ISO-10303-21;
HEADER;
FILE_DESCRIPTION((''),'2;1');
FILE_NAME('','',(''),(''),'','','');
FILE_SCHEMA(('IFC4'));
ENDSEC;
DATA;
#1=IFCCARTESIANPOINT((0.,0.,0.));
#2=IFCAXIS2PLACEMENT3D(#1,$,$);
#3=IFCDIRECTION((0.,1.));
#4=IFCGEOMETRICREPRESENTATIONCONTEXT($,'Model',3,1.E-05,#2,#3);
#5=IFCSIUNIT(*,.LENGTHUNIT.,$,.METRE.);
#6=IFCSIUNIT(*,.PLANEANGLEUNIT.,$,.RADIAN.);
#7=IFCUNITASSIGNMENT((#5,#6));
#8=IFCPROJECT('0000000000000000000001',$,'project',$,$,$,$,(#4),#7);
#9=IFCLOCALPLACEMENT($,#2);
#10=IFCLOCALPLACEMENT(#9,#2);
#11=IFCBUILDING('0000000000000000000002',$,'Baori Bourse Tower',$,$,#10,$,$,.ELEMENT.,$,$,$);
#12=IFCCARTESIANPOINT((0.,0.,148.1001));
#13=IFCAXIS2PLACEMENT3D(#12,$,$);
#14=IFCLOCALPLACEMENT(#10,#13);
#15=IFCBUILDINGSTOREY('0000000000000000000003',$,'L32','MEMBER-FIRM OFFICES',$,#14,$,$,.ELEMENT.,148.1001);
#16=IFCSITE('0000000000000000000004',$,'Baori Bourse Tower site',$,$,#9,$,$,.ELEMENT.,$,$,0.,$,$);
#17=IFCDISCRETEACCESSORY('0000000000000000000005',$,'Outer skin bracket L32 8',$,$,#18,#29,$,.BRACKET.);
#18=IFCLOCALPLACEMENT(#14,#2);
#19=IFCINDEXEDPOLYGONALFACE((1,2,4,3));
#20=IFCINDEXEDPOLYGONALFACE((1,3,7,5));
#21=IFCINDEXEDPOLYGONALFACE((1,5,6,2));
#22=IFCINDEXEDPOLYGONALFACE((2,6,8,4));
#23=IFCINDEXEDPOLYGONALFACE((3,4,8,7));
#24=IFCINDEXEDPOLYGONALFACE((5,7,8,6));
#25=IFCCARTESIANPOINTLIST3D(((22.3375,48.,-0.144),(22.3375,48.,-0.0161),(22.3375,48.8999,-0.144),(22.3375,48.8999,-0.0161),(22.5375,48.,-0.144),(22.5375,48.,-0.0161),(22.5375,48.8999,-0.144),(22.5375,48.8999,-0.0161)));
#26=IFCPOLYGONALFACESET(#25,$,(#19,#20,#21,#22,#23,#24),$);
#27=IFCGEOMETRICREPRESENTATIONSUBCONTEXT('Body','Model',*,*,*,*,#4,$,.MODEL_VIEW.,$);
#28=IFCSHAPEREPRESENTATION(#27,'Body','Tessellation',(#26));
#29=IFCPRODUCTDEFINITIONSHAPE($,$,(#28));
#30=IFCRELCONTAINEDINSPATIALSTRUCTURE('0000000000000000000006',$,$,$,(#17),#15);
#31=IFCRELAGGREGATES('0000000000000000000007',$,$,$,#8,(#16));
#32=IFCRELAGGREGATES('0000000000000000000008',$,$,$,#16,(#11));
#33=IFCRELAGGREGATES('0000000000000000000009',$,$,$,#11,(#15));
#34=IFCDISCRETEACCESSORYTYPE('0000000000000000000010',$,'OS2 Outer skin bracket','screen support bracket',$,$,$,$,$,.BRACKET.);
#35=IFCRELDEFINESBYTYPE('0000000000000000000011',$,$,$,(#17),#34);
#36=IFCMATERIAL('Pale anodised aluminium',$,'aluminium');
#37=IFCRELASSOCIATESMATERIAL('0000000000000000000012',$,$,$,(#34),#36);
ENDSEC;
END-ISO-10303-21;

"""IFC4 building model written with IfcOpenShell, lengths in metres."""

from ifc_helpers import new_model, si_unit, direction, frame, origin, origin_2d, place, context, subcontext, project, spatial, rectangle, extrude, material, type_object, element, save


model = new_model("IFC4")

# Units and contexts
model_context = context("Model", 3, precision=1e-05, world=origin(), true_north=direction((0.0, 1.0)))
body_context = subcontext(model_context, "Body", "Model", "MODEL_VIEW")
ifc_project = project(units=[si_unit("LENGTHUNIT", "METRE"), si_unit("PLANEANGLEUNIT", "RADIAN")], contexts=[model_context])

# Site, building, storey
site_placement = place(None, origin())
site = spatial("IfcSite", under=ifc_project, at=site_placement, Name="Baori Bourse Tower site", CompositionType="ELEMENT", RefElevation=0.0)
building_placement = place(site_placement, origin())
building = spatial("IfcBuilding", under=site, at=building_placement, Name="Baori Bourse Tower", CompositionType="ELEMENT")
storey_placement = place(building_placement, frame((0.0, 0.0, 148.1001)))
storey = spatial("IfcBuildingStorey", under=building, at=storey_placement, Name="L32", Description="MEMBER-FIRM OFFICES", CompositionType="ELEMENT", Elevation=148.1001)

# Discrete accessory
ifc_material_1 = material(Name="Pale anodised aluminium", Category="aluminium")
discrete_accessory_type = type_object("IfcDiscreteAccessoryType", Name="OS2 Outer skin bracket", Description="screen support bracket", PredefinedType="BRACKET", material=ifc_material_1)
for number, where, z_axis, x_axis, name in (
    (1, (22.4375, 48.45, -0.144), (0.0, 0.0, 1.0), (-1.0, 0.0, 0.0), "Outer skin bracket L32 8"),
):
    element("IfcDiscreteAccessory", number, at=place(storey_placement, frame(where, z_axis=z_axis, x_axis=x_axis)), inside=storey, type_object=discrete_accessory_type, Name=name, PredefinedType="BRACKET", context=body_context, shape_type="SweptSolid", body=[
        extrude(rectangle(XDim=0.2, YDim=0.8999, at=origin_2d()), origin(), (0.0, 0.0, 1.0), 0.1279),
    ])

save(model, "model.ifc")
